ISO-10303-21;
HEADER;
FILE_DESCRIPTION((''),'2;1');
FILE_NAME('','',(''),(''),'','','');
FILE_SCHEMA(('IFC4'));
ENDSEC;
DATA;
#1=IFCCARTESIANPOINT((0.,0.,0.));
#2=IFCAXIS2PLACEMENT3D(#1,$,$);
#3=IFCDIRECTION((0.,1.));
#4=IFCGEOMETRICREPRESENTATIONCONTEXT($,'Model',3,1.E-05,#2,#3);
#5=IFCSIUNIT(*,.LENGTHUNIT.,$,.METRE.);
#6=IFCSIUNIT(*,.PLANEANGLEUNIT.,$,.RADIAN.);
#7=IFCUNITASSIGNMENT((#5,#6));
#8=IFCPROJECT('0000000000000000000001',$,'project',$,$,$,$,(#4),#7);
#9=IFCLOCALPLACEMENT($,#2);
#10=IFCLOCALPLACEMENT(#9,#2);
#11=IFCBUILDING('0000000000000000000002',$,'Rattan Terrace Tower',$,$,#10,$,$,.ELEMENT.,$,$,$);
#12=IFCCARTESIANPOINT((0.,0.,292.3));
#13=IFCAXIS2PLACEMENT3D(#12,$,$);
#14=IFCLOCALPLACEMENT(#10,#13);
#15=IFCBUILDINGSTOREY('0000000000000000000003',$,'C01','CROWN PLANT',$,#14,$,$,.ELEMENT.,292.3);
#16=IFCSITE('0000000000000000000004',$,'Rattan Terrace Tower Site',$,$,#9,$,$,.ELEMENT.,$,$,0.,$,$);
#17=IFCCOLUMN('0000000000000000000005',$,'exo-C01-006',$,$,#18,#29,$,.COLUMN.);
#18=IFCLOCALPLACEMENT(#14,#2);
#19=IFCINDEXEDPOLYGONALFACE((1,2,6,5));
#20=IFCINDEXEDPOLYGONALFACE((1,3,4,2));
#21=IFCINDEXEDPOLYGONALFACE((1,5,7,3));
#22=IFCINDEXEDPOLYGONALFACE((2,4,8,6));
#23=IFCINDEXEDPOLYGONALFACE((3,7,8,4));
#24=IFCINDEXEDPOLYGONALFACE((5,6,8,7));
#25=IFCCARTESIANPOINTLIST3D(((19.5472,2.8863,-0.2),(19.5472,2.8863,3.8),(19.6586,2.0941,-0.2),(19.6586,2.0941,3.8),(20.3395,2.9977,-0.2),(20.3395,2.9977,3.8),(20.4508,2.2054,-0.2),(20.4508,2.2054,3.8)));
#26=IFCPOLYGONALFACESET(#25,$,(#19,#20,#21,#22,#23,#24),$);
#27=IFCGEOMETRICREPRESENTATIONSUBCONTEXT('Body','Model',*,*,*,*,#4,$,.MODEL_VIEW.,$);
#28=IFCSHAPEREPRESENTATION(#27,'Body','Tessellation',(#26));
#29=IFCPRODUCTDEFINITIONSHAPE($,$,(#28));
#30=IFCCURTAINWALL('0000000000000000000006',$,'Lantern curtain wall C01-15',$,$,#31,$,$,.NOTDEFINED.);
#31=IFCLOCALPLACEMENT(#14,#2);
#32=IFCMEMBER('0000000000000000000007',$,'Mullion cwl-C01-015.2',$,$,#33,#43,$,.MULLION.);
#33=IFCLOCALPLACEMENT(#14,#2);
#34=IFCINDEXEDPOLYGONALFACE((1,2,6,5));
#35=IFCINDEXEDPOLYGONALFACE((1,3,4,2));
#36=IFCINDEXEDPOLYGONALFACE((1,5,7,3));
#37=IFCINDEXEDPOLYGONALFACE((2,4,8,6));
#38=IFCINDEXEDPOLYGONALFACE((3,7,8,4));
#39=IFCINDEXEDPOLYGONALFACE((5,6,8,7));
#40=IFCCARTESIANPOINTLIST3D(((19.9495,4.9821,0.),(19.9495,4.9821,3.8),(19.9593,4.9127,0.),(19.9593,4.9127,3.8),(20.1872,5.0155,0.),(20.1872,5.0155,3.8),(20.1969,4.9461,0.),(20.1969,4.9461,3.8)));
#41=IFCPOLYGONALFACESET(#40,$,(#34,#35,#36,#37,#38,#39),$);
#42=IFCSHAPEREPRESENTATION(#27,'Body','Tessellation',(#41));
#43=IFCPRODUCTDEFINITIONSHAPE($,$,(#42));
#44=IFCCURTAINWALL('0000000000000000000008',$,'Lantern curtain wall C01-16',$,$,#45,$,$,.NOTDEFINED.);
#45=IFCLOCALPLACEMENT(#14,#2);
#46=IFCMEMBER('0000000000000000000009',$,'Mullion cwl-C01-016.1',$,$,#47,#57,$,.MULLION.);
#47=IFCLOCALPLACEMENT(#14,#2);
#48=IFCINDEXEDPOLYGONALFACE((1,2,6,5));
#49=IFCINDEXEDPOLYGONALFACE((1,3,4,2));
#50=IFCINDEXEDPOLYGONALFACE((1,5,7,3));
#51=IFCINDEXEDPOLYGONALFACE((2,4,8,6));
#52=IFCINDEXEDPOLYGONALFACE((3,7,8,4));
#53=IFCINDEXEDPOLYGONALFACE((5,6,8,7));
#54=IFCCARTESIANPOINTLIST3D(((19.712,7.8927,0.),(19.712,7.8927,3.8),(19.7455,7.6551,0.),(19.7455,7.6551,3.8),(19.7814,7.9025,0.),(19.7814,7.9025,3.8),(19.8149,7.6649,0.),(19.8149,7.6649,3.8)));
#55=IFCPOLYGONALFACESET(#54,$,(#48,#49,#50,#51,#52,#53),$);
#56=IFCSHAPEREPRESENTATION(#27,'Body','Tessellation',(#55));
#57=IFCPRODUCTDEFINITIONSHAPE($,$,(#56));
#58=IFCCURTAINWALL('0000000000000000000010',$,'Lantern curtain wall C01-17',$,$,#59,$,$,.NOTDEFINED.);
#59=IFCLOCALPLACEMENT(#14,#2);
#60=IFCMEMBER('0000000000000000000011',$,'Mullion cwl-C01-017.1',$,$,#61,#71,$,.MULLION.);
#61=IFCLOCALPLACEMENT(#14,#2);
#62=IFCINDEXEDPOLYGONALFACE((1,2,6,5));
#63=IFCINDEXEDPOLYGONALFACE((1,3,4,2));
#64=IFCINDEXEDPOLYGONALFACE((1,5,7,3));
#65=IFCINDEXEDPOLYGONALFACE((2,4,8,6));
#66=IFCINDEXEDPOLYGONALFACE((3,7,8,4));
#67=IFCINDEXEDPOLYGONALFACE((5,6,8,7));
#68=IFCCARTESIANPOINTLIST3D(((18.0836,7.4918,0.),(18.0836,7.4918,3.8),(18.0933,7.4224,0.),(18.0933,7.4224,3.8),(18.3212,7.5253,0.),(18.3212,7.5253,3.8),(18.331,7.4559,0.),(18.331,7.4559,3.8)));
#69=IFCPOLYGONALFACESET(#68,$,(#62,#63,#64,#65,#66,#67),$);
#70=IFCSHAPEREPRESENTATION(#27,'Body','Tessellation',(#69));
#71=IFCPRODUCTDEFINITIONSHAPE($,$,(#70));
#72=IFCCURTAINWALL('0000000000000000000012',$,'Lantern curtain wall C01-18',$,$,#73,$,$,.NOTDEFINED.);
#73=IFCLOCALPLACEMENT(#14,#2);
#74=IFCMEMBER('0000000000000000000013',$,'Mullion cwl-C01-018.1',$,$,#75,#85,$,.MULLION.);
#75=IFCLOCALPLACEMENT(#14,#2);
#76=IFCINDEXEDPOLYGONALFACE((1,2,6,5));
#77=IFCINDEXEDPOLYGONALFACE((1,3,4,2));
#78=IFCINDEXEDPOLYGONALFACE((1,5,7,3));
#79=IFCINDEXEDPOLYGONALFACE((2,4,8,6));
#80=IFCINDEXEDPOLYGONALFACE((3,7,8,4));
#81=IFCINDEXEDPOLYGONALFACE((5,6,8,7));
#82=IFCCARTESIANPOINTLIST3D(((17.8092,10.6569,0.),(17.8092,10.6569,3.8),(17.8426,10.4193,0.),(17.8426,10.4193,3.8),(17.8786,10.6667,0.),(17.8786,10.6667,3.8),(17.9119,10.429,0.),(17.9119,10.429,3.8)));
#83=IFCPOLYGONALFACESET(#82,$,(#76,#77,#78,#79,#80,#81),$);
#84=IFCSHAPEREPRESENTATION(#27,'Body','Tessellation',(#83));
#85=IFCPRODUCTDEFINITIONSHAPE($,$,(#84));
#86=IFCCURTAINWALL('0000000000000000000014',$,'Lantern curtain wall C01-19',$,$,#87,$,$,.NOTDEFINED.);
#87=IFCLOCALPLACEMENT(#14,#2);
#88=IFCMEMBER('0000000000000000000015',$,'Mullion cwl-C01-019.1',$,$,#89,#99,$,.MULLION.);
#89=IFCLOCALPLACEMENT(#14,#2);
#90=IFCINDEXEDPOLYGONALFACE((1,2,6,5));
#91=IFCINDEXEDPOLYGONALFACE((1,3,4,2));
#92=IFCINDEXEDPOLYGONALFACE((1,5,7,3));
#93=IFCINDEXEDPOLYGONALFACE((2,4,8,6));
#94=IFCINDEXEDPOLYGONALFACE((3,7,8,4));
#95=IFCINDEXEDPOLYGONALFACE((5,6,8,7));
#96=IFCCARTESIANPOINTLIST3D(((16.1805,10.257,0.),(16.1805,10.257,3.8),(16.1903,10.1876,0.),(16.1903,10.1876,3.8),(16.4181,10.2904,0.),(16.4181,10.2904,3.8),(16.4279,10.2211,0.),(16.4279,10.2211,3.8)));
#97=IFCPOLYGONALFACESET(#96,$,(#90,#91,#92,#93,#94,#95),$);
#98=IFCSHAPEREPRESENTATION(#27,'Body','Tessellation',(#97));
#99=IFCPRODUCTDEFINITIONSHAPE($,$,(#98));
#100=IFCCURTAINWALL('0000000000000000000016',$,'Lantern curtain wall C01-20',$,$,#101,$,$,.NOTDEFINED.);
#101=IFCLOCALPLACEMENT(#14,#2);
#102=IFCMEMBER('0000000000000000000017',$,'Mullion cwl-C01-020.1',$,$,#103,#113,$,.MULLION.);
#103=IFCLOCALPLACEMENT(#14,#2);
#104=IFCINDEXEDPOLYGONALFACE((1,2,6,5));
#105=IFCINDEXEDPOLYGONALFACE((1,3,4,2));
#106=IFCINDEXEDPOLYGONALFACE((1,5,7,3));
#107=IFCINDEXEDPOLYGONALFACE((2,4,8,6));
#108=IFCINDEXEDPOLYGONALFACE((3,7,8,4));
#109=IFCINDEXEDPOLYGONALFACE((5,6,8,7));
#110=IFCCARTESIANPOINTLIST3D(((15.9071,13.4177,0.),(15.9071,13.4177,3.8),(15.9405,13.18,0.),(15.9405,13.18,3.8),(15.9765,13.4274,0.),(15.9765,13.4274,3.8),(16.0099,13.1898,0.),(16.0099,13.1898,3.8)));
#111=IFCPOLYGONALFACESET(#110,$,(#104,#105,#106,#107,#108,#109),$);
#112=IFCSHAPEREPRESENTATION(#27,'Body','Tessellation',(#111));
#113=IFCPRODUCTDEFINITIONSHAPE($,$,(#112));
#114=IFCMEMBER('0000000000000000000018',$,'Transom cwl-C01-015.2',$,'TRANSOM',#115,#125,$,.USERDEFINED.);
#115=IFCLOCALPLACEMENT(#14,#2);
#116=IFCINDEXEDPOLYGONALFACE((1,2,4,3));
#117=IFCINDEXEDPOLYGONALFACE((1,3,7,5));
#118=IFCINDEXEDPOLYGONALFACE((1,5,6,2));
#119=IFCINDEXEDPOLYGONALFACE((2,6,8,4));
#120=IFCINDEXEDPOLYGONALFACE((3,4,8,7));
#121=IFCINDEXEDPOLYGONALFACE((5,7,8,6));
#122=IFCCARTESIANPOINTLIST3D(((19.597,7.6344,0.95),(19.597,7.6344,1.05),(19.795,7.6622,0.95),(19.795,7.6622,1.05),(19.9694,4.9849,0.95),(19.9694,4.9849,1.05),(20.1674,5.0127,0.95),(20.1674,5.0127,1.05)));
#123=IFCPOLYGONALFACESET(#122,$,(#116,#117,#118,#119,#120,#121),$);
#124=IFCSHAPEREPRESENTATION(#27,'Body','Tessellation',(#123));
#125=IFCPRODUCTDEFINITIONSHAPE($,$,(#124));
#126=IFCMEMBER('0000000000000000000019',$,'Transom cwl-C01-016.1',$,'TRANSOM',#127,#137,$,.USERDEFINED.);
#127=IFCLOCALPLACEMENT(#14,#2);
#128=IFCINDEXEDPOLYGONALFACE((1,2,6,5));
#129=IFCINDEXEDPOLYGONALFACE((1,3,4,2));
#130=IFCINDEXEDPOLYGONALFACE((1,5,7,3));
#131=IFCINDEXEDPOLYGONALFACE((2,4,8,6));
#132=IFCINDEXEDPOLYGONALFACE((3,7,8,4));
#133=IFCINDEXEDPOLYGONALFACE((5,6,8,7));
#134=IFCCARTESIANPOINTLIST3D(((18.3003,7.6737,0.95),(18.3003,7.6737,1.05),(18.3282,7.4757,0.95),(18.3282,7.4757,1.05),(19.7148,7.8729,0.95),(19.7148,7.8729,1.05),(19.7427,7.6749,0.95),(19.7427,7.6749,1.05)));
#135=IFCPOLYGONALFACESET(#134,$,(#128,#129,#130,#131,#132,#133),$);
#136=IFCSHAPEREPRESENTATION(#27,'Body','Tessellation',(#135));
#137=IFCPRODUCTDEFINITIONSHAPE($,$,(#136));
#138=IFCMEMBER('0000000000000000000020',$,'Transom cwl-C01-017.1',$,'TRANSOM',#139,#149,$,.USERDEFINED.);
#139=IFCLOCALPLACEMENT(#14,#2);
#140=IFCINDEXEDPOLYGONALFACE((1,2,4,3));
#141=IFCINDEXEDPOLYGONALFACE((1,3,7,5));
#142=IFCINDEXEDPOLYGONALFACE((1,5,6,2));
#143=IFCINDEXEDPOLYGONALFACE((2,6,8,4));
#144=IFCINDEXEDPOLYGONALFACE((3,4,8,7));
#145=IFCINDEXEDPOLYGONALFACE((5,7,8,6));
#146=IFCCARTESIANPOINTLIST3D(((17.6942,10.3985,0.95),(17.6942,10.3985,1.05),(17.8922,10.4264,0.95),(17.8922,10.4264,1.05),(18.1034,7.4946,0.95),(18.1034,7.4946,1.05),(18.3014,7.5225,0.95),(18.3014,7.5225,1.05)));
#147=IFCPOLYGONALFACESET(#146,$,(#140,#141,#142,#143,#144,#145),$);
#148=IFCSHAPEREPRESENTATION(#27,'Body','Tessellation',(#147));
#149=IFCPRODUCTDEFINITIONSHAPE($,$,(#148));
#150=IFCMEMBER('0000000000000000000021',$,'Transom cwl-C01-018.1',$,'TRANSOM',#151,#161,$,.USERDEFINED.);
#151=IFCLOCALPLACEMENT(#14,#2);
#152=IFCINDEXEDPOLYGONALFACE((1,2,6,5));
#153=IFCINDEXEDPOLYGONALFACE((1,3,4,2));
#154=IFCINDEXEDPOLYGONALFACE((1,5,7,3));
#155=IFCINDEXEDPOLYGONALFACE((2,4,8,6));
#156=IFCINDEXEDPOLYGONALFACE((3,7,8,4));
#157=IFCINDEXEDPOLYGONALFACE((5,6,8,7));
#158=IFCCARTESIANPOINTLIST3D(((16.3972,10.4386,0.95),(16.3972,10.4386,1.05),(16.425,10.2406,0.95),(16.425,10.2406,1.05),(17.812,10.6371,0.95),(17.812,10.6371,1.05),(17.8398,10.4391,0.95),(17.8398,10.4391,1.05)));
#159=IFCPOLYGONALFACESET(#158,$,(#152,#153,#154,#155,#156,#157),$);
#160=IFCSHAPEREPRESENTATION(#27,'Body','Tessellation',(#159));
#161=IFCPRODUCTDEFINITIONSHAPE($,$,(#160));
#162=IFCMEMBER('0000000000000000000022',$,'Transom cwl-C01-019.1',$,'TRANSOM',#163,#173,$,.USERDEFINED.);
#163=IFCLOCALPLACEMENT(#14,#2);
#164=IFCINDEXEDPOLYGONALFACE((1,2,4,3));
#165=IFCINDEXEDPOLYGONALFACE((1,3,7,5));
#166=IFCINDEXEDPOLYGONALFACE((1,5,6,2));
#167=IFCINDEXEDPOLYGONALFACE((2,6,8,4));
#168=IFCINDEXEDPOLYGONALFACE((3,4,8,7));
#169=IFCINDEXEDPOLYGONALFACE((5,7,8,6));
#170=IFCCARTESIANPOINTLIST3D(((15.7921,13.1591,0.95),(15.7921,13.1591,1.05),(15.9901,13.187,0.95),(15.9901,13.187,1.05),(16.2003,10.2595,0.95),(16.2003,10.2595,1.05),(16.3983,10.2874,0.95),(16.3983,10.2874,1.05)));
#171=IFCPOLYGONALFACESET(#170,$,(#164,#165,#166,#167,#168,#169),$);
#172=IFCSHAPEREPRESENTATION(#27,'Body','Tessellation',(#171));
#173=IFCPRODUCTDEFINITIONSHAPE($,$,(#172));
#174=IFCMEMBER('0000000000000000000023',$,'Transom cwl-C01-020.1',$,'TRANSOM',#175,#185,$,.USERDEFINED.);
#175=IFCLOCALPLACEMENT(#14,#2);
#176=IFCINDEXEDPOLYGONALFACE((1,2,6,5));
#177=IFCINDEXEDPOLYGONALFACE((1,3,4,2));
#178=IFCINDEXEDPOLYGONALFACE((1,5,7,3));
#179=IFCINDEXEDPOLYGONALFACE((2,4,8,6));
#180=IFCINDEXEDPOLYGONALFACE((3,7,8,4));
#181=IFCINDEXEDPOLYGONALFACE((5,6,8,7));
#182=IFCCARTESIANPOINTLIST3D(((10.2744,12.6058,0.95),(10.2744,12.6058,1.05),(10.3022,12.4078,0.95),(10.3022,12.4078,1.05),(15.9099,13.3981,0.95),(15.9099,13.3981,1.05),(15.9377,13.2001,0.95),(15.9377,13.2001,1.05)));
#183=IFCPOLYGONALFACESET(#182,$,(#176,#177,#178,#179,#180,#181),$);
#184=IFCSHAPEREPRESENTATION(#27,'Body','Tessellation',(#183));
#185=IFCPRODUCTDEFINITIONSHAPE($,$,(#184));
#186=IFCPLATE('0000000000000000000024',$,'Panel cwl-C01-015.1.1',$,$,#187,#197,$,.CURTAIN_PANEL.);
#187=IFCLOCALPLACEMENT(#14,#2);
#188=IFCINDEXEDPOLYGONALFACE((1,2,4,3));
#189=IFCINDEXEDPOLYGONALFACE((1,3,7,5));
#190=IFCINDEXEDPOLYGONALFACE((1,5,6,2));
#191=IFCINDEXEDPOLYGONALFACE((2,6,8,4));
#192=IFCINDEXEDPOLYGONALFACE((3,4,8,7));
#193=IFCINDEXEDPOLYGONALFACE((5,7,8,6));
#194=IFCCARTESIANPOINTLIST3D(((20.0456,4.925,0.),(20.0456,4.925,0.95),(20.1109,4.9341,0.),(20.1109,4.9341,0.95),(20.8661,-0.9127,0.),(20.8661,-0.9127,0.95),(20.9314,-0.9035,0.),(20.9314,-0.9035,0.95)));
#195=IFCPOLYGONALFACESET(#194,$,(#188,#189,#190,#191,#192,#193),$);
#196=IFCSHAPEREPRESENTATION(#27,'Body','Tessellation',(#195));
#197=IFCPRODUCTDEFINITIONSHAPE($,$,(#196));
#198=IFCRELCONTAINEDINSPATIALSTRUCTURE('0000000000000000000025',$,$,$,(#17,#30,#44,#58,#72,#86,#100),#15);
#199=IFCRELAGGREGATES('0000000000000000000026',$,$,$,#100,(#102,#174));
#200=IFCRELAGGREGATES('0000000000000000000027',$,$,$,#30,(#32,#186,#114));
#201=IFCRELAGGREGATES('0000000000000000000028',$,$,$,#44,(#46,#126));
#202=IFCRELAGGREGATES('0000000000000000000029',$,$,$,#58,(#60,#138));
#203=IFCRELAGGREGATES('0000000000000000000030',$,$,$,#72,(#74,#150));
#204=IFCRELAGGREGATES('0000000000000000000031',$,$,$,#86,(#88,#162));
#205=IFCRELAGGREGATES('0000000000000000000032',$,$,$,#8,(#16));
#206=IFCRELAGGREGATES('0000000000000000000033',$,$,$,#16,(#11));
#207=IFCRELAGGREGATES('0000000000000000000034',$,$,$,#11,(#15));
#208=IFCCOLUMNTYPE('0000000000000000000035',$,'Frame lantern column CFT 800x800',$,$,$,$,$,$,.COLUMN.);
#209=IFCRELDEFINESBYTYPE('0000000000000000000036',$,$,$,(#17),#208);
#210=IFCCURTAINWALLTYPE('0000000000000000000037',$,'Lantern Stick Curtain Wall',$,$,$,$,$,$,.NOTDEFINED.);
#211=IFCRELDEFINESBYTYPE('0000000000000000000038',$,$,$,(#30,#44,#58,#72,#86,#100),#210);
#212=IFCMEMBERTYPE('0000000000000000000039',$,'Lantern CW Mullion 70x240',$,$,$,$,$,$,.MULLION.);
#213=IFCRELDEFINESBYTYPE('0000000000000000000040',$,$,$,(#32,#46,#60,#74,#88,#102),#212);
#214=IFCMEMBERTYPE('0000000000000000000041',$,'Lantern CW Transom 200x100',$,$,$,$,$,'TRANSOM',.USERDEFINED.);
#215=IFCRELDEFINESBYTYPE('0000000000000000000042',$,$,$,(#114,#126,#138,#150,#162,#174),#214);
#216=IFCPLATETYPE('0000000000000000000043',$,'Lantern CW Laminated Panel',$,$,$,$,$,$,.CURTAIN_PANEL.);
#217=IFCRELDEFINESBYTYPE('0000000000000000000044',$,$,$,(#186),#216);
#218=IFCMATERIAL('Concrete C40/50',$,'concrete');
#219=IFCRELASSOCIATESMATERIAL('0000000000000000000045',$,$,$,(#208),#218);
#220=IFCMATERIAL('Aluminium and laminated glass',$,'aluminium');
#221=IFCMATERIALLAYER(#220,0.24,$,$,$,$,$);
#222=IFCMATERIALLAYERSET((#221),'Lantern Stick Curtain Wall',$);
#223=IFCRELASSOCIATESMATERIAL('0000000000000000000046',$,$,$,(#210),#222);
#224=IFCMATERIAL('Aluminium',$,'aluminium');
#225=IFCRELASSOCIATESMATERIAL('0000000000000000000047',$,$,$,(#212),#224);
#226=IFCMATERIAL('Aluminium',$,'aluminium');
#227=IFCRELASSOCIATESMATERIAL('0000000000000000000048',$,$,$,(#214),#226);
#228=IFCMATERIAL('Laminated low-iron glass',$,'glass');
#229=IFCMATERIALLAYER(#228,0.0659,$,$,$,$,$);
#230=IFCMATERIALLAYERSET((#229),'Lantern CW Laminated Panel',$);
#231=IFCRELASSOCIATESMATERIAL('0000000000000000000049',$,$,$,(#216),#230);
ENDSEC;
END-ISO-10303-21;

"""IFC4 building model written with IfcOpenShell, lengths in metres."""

from ifc_helpers import new_model, si_unit, direction, frame, origin, origin_2d, place, context, subcontext, project, spatial, rectangle, extrude, material, layer, layer_set, material_profile, profile_set, type_object, element, aggregate, save


model = new_model("IFC4")

# Units and contexts
model_context = context("Model", 3, precision=1e-05, world=origin(), true_north=direction((0.0, 1.0)))
body_context = subcontext(model_context, "Body", "Model", "MODEL_VIEW")
ifc_project = project(units=[si_unit("LENGTHUNIT", "METRE"), si_unit("PLANEANGLEUNIT", "RADIAN")], contexts=[model_context])

# Site, building, storey
site_placement = place(None, origin())
site = spatial("IfcSite", under=ifc_project, at=site_placement, Name="Rattan Terrace Tower Site", CompositionType="ELEMENT", RefElevation=0.0)
building_placement = place(site_placement, origin())
building = spatial("IfcBuilding", under=site, at=building_placement, Name="Rattan Terrace Tower", CompositionType="ELEMENT")
storey_placement = place(building_placement, frame((0.0, 0.0, 292.3)))
storey = spatial("IfcBuildingStorey", under=building, at=storey_placement, Name="C01", Description="CROWN PLANT", CompositionType="ELEMENT", Elevation=292.3)

# Column
ifc_material_1 = material(Name="Concrete C40/50", Category="concrete")
ifc_material_profile_1 = material_profile(ifc_material_1, rectangle(XDim=0.8, YDim=0.8, at=origin_2d()), Name="CFT 800x800")
ifc_profile_set_1 = profile_set([ifc_material_profile_1], Name="Concrete C40/50")
column_type = type_object("IfcColumnType", Name="Frame lantern column CFT 800x800", PredefinedType="COLUMN", material=ifc_profile_set_1)
column_placement = place(storey_placement, frame((19.999, 2.5459, -0.2), z_axis=(0.0, 0.0, 1.0), x_axis=(-0.13919, 0.990266, 0.0)))
element("IfcColumn", 1, at=column_placement, inside=storey, type_object=column_type, Name="exo-C01-006", PredefinedType="COLUMN", context=body_context, shape_type="SweptSolid", body=[
    extrude(rectangle(XDim=0.8, YDim=0.8, at=origin_2d()), origin(), (0.0, 0.0, 1.0), 4.0),
])

# Curtain walls, members
ifc_material_2 = material(Name="Aluminium and laminated glass", Category="aluminium")
ifc_layer_1 = layer(ifc_material_2, 0.24)
ifc_layer_set_1 = layer_set([ifc_layer_1], Name="Lantern Stick Curtain Wall")
curtain_wall_type = type_object("IfcCurtainWallType", Name="Lantern Stick Curtain Wall", PredefinedType="NOTDEFINED", material=ifc_layer_set_1)
curtain_wall_1_placement = place(storey_placement, origin())
curtain_wall_1 = element("IfcCurtainWall", 2, at=curtain_wall_1_placement, inside=storey, type_object=curtain_wall_type, Name="Lantern curtain wall C01-15", PredefinedType="NOTDEFINED")
ifc_material_3 = material(Name="Aluminium", Category="aluminium")
ifc_material_profile_2 = material_profile(ifc_material_3, rectangle(XDim=0.0701, YDim=0.24, at=origin_2d()), Name="Aluminium 70x240")
ifc_profile_set_2 = profile_set([ifc_material_profile_2], Name="Aluminium")
member_type_1 = type_object("IfcMemberType", Name="Lantern CW Mullion 70x240", PredefinedType="MULLION", material=ifc_profile_set_2)
member_1_placement = place(storey_placement, frame((20.0732, 4.9641, 0.0), z_axis=(0.0, 0.0, 1.0), x_axis=(-0.139188, 0.990266, 0.0)))
member_1 = element("IfcMember", 3, at=member_1_placement, type_object=member_type_1, Name="Mullion cwl-C01-015.2", PredefinedType="MULLION", context=body_context, shape_type="SweptSolid", body=[
    extrude(rectangle(XDim=0.0701, YDim=0.24, at=origin_2d()), origin(), (0.0, 0.0, 1.0), 3.8),
])
curtain_wall_2_placement = place(storey_placement, origin())
curtain_wall_2 = element("IfcCurtainWall", 4, at=curtain_wall_2_placement, inside=storey, type_object=curtain_wall_type, Name="Lantern curtain wall C01-16", PredefinedType="NOTDEFINED")
member_2_placement = place(storey_placement, frame((19.7634, 7.7788, 0.0), z_axis=(0.0, 0.0, 1.0), x_axis=(-0.990228, -0.139459, 0.0)))
member_2 = element("IfcMember", 5, at=member_2_placement, type_object=member_type_1, Name="Mullion cwl-C01-016.1", PredefinedType="MULLION", context=body_context, shape_type="SweptSolid", body=[
    extrude(rectangle(XDim=0.0701, YDim=0.24, at=origin_2d()), origin(), (0.0, 0.0, 1.0), 3.8),
])
curtain_wall_3_placement = place(storey_placement, origin())
curtain_wall_3 = element("IfcCurtainWall", 6, at=curtain_wall_3_placement, inside=storey, type_object=curtain_wall_type, Name="Lantern curtain wall C01-17", PredefinedType="NOTDEFINED")
member_3_placement = place(storey_placement, frame((18.2073, 7.4739, 0.0), z_axis=(0.0, 0.0, 1.0), x_axis=(-0.139556, 0.990214, 0.0)))
member_3 = element("IfcMember", 7, at=member_3_placement, type_object=member_type_1, Name="Mullion cwl-C01-017.1", PredefinedType="MULLION", context=body_context, shape_type="SweptSolid", body=[
    extrude(rectangle(XDim=0.0701, YDim=0.24, at=origin_2d()), origin(), (0.0, 0.0, 1.0), 3.8),
])
curtain_wall_4_placement = place(storey_placement, origin())
curtain_wall_4 = element("IfcCurtainWall", 8, at=curtain_wall_4_placement, inside=storey, type_object=curtain_wall_type, Name="Lantern curtain wall C01-18", PredefinedType="NOTDEFINED")
member_4_placement = place(storey_placement, frame((17.8606, 10.543, 0.0), z_axis=(0.0, 0.0, 1.0), x_axis=(-0.99032, -0.138805, 0.0)))
member_4 = element("IfcMember", 9, at=member_4_placement, type_object=member_type_1, Name="Mullion cwl-C01-018.1", PredefinedType="MULLION", context=body_context, shape_type="SweptSolid", body=[
    extrude(rectangle(XDim=0.0701, YDim=0.24, at=origin_2d()), origin(), (0.0, 0.0, 1.0), 3.8),
])
curtain_wall_5_placement = place(storey_placement, origin())
curtain_wall_5 = element("IfcCurtainWall", 10, at=curtain_wall_5_placement, inside=storey, type_object=curtain_wall_type, Name="Lantern curtain wall C01-19", PredefinedType="NOTDEFINED")
member_5_placement = place(storey_placement, frame((16.3042, 10.239, 0.0), z_axis=(0.0, 0.0, 1.0), x_axis=(-0.139413, 0.990234, 0.0)))
member_5 = element("IfcMember", 11, at=member_5_placement, type_object=member_type_1, Name="Mullion cwl-C01-019.1", PredefinedType="MULLION", context=body_context, shape_type="SweptSolid", body=[
    extrude(rectangle(XDim=0.0701, YDim=0.24, at=origin_2d()), origin(), (0.0, 0.0, 1.0), 3.8),
])
curtain_wall_6_placement = place(storey_placement, origin())
curtain_wall_6 = element("IfcCurtainWall", 12, at=curtain_wall_6_placement, inside=storey, type_object=curtain_wall_type, Name="Lantern curtain wall C01-20", PredefinedType="NOTDEFINED")
member_6_placement = place(storey_placement, frame((15.9585, 13.3037, 0.0), z_axis=(0.0, 0.0, 1.0), x_axis=(-0.990267, -0.139181, 0.0)))
member_6 = element("IfcMember", 13, at=member_6_placement, type_object=member_type_1, Name="Mullion cwl-C01-020.1", PredefinedType="MULLION", context=body_context, shape_type="SweptSolid", body=[
    extrude(rectangle(XDim=0.0701, YDim=0.24, at=origin_2d()), origin(), (0.0, 0.0, 1.0), 3.8),
])

# Members
ifc_material_4 = material(Name="Aluminium", Category="aluminium")
ifc_material_profile_3 = material_profile(ifc_material_4, rectangle(XDim=0.2, YDim=0.1001, at=origin_2d()), Name="Aluminium 200x100")
ifc_profile_set_3 = profile_set([ifc_material_profile_3], Name="Aluminium")
member_type_2 = type_object("IfcMemberType", Name="Lantern CW Transom 200x100", ElementType="TRANSOM", PredefinedType="USERDEFINED", material=ifc_profile_set_3)
member_7_placement = place(storey_placement, frame((20.0684, 4.9988, 1.0), z_axis=(-0.13916, 0.99027, 0.0), x_axis=(-0.99027, -0.13916, 0.0)))
member_7 = element("IfcMember", 14, at=member_7_placement, type_object=member_type_2, Name="Transom cwl-C01-015.2", ObjectType="TRANSOM", PredefinedType="USERDEFINED", context=body_context, shape_type="SweptSolid", body=[
    extrude(rectangle(XDim=0.2, YDim=0.1001, at=origin_2d()), origin(), (0.0, 0.0, 1.0), 2.6755),
])
member_8_placement = place(storey_placement, frame((19.7288, 7.7739, 1.0), z_axis=(-0.990228, -0.139459, 0.0), x_axis=(0.139459, -0.990228, 0.0)))
member_8 = element("IfcMember", 15, at=member_8_placement, type_object=member_type_2, Name="Transom cwl-C01-016.1", ObjectType="TRANSOM", PredefinedType="USERDEFINED", context=body_context, shape_type="SweptSolid", body=[
    extrude(rectangle(XDim=0.2, YDim=0.1001, at=origin_2d()), origin(), (0.0, 0.0, 1.0), 1.4285),
])
member_9_placement = place(storey_placement, frame((18.2024, 7.5085, 1.0), z_axis=(-0.139533, 0.990217, 0.0), x_axis=(-0.990217, -0.139533, 0.0)))
member_9 = element("IfcMember", 16, at=member_9_placement, type_object=member_type_2, Name="Transom cwl-C01-017.1", ObjectType="TRANSOM", PredefinedType="USERDEFINED", context=body_context, shape_type="SweptSolid", body=[
    extrude(rectangle(XDim=0.2, YDim=0.1001, at=origin_2d()), origin(), (0.0, 0.0, 1.0), 2.9326),
])
member_10_placement = place(storey_placement, frame((17.8259, 10.5381, 1.0), z_axis=(-0.990302, -0.138933, 0.0), x_axis=(0.138933, -0.990302, 0.0)))
member_10 = element("IfcMember", 17, at=member_10_placement, type_object=member_type_2, Name="Transom cwl-C01-018.1", ObjectType="TRANSOM", PredefinedType="USERDEFINED", context=body_context, shape_type="SweptSolid", body=[
    extrude(rectangle(XDim=0.2, YDim=0.1001, at=origin_2d()), origin(), (0.0, 0.0, 1.0), 1.4287),
])
member_11_placement = place(storey_placement, frame((16.2993, 10.2734, 1.0), z_axis=(-0.139402, 0.990236, 0.0), x_axis=(-0.990236, -0.139402, 0.0)))
member_11 = element("IfcMember", 18, at=member_11_placement, type_object=member_type_2, Name="Transom cwl-C01-019.1", ObjectType="TRANSOM", PredefinedType="USERDEFINED", context=body_context, shape_type="SweptSolid", body=[
    extrude(rectangle(XDim=0.2, YDim=0.1001, at=origin_2d()), origin(), (0.0, 0.0, 1.0), 2.9282),
])
member_12_placement = place(storey_placement, frame((15.9238, 13.2991, 1.0), z_axis=(-0.990263, -0.139211, 0.0), x_axis=(0.139211, -0.990263, 0.0)))
member_12 = element("IfcMember", 19, at=member_12_placement, type_object=member_type_2, Name="Transom cwl-C01-020.1", ObjectType="TRANSOM", PredefinedType="USERDEFINED", context=body_context, shape_type="SweptSolid", body=[
    extrude(rectangle(XDim=0.2, YDim=0.1001, at=origin_2d()), origin(), (0.0, 0.0, 1.0), 5.6909),
])
aggregate(curtain_wall_6, [member_6, member_12])

# Plate
ifc_material_5 = material(Name="Laminated low-iron glass", Category="glass")
ifc_layer_2 = layer(ifc_material_5, 0.0659)
ifc_layer_set_2 = layer_set([ifc_layer_2], Name="Lantern CW Laminated Panel")
plate_type = type_object("IfcPlateType", Name="Lantern CW Laminated Panel", PredefinedType="CURTAIN_PANEL", material=ifc_layer_set_2)
plate_1_placement = place(storey_placement, frame((20.4885, 2.0107, 0.0), z_axis=(0.0, 0.0, 1.0), x_axis=(-0.139188, 0.990266, 0.0)))
plate_1 = element("IfcPlate", 20, at=plate_1_placement, type_object=plate_type, Name="Panel cwl-C01-015.1.1", PredefinedType="CURTAIN_PANEL", context=body_context, shape_type="SweptSolid", body=[
    extrude(rectangle(XDim=5.895, YDim=0.0659, at=origin_2d()), origin(), (0.0, 0.0, 1.0), 0.95),
])
aggregate(curtain_wall_1, [member_1, plate_1, member_7])
aggregate(curtain_wall_2, [member_2, member_8])
aggregate(curtain_wall_3, [member_3, member_9])
aggregate(curtain_wall_4, [member_4, member_10])
aggregate(curtain_wall_5, [member_5, member_11])

save(model, "model.ifc")
